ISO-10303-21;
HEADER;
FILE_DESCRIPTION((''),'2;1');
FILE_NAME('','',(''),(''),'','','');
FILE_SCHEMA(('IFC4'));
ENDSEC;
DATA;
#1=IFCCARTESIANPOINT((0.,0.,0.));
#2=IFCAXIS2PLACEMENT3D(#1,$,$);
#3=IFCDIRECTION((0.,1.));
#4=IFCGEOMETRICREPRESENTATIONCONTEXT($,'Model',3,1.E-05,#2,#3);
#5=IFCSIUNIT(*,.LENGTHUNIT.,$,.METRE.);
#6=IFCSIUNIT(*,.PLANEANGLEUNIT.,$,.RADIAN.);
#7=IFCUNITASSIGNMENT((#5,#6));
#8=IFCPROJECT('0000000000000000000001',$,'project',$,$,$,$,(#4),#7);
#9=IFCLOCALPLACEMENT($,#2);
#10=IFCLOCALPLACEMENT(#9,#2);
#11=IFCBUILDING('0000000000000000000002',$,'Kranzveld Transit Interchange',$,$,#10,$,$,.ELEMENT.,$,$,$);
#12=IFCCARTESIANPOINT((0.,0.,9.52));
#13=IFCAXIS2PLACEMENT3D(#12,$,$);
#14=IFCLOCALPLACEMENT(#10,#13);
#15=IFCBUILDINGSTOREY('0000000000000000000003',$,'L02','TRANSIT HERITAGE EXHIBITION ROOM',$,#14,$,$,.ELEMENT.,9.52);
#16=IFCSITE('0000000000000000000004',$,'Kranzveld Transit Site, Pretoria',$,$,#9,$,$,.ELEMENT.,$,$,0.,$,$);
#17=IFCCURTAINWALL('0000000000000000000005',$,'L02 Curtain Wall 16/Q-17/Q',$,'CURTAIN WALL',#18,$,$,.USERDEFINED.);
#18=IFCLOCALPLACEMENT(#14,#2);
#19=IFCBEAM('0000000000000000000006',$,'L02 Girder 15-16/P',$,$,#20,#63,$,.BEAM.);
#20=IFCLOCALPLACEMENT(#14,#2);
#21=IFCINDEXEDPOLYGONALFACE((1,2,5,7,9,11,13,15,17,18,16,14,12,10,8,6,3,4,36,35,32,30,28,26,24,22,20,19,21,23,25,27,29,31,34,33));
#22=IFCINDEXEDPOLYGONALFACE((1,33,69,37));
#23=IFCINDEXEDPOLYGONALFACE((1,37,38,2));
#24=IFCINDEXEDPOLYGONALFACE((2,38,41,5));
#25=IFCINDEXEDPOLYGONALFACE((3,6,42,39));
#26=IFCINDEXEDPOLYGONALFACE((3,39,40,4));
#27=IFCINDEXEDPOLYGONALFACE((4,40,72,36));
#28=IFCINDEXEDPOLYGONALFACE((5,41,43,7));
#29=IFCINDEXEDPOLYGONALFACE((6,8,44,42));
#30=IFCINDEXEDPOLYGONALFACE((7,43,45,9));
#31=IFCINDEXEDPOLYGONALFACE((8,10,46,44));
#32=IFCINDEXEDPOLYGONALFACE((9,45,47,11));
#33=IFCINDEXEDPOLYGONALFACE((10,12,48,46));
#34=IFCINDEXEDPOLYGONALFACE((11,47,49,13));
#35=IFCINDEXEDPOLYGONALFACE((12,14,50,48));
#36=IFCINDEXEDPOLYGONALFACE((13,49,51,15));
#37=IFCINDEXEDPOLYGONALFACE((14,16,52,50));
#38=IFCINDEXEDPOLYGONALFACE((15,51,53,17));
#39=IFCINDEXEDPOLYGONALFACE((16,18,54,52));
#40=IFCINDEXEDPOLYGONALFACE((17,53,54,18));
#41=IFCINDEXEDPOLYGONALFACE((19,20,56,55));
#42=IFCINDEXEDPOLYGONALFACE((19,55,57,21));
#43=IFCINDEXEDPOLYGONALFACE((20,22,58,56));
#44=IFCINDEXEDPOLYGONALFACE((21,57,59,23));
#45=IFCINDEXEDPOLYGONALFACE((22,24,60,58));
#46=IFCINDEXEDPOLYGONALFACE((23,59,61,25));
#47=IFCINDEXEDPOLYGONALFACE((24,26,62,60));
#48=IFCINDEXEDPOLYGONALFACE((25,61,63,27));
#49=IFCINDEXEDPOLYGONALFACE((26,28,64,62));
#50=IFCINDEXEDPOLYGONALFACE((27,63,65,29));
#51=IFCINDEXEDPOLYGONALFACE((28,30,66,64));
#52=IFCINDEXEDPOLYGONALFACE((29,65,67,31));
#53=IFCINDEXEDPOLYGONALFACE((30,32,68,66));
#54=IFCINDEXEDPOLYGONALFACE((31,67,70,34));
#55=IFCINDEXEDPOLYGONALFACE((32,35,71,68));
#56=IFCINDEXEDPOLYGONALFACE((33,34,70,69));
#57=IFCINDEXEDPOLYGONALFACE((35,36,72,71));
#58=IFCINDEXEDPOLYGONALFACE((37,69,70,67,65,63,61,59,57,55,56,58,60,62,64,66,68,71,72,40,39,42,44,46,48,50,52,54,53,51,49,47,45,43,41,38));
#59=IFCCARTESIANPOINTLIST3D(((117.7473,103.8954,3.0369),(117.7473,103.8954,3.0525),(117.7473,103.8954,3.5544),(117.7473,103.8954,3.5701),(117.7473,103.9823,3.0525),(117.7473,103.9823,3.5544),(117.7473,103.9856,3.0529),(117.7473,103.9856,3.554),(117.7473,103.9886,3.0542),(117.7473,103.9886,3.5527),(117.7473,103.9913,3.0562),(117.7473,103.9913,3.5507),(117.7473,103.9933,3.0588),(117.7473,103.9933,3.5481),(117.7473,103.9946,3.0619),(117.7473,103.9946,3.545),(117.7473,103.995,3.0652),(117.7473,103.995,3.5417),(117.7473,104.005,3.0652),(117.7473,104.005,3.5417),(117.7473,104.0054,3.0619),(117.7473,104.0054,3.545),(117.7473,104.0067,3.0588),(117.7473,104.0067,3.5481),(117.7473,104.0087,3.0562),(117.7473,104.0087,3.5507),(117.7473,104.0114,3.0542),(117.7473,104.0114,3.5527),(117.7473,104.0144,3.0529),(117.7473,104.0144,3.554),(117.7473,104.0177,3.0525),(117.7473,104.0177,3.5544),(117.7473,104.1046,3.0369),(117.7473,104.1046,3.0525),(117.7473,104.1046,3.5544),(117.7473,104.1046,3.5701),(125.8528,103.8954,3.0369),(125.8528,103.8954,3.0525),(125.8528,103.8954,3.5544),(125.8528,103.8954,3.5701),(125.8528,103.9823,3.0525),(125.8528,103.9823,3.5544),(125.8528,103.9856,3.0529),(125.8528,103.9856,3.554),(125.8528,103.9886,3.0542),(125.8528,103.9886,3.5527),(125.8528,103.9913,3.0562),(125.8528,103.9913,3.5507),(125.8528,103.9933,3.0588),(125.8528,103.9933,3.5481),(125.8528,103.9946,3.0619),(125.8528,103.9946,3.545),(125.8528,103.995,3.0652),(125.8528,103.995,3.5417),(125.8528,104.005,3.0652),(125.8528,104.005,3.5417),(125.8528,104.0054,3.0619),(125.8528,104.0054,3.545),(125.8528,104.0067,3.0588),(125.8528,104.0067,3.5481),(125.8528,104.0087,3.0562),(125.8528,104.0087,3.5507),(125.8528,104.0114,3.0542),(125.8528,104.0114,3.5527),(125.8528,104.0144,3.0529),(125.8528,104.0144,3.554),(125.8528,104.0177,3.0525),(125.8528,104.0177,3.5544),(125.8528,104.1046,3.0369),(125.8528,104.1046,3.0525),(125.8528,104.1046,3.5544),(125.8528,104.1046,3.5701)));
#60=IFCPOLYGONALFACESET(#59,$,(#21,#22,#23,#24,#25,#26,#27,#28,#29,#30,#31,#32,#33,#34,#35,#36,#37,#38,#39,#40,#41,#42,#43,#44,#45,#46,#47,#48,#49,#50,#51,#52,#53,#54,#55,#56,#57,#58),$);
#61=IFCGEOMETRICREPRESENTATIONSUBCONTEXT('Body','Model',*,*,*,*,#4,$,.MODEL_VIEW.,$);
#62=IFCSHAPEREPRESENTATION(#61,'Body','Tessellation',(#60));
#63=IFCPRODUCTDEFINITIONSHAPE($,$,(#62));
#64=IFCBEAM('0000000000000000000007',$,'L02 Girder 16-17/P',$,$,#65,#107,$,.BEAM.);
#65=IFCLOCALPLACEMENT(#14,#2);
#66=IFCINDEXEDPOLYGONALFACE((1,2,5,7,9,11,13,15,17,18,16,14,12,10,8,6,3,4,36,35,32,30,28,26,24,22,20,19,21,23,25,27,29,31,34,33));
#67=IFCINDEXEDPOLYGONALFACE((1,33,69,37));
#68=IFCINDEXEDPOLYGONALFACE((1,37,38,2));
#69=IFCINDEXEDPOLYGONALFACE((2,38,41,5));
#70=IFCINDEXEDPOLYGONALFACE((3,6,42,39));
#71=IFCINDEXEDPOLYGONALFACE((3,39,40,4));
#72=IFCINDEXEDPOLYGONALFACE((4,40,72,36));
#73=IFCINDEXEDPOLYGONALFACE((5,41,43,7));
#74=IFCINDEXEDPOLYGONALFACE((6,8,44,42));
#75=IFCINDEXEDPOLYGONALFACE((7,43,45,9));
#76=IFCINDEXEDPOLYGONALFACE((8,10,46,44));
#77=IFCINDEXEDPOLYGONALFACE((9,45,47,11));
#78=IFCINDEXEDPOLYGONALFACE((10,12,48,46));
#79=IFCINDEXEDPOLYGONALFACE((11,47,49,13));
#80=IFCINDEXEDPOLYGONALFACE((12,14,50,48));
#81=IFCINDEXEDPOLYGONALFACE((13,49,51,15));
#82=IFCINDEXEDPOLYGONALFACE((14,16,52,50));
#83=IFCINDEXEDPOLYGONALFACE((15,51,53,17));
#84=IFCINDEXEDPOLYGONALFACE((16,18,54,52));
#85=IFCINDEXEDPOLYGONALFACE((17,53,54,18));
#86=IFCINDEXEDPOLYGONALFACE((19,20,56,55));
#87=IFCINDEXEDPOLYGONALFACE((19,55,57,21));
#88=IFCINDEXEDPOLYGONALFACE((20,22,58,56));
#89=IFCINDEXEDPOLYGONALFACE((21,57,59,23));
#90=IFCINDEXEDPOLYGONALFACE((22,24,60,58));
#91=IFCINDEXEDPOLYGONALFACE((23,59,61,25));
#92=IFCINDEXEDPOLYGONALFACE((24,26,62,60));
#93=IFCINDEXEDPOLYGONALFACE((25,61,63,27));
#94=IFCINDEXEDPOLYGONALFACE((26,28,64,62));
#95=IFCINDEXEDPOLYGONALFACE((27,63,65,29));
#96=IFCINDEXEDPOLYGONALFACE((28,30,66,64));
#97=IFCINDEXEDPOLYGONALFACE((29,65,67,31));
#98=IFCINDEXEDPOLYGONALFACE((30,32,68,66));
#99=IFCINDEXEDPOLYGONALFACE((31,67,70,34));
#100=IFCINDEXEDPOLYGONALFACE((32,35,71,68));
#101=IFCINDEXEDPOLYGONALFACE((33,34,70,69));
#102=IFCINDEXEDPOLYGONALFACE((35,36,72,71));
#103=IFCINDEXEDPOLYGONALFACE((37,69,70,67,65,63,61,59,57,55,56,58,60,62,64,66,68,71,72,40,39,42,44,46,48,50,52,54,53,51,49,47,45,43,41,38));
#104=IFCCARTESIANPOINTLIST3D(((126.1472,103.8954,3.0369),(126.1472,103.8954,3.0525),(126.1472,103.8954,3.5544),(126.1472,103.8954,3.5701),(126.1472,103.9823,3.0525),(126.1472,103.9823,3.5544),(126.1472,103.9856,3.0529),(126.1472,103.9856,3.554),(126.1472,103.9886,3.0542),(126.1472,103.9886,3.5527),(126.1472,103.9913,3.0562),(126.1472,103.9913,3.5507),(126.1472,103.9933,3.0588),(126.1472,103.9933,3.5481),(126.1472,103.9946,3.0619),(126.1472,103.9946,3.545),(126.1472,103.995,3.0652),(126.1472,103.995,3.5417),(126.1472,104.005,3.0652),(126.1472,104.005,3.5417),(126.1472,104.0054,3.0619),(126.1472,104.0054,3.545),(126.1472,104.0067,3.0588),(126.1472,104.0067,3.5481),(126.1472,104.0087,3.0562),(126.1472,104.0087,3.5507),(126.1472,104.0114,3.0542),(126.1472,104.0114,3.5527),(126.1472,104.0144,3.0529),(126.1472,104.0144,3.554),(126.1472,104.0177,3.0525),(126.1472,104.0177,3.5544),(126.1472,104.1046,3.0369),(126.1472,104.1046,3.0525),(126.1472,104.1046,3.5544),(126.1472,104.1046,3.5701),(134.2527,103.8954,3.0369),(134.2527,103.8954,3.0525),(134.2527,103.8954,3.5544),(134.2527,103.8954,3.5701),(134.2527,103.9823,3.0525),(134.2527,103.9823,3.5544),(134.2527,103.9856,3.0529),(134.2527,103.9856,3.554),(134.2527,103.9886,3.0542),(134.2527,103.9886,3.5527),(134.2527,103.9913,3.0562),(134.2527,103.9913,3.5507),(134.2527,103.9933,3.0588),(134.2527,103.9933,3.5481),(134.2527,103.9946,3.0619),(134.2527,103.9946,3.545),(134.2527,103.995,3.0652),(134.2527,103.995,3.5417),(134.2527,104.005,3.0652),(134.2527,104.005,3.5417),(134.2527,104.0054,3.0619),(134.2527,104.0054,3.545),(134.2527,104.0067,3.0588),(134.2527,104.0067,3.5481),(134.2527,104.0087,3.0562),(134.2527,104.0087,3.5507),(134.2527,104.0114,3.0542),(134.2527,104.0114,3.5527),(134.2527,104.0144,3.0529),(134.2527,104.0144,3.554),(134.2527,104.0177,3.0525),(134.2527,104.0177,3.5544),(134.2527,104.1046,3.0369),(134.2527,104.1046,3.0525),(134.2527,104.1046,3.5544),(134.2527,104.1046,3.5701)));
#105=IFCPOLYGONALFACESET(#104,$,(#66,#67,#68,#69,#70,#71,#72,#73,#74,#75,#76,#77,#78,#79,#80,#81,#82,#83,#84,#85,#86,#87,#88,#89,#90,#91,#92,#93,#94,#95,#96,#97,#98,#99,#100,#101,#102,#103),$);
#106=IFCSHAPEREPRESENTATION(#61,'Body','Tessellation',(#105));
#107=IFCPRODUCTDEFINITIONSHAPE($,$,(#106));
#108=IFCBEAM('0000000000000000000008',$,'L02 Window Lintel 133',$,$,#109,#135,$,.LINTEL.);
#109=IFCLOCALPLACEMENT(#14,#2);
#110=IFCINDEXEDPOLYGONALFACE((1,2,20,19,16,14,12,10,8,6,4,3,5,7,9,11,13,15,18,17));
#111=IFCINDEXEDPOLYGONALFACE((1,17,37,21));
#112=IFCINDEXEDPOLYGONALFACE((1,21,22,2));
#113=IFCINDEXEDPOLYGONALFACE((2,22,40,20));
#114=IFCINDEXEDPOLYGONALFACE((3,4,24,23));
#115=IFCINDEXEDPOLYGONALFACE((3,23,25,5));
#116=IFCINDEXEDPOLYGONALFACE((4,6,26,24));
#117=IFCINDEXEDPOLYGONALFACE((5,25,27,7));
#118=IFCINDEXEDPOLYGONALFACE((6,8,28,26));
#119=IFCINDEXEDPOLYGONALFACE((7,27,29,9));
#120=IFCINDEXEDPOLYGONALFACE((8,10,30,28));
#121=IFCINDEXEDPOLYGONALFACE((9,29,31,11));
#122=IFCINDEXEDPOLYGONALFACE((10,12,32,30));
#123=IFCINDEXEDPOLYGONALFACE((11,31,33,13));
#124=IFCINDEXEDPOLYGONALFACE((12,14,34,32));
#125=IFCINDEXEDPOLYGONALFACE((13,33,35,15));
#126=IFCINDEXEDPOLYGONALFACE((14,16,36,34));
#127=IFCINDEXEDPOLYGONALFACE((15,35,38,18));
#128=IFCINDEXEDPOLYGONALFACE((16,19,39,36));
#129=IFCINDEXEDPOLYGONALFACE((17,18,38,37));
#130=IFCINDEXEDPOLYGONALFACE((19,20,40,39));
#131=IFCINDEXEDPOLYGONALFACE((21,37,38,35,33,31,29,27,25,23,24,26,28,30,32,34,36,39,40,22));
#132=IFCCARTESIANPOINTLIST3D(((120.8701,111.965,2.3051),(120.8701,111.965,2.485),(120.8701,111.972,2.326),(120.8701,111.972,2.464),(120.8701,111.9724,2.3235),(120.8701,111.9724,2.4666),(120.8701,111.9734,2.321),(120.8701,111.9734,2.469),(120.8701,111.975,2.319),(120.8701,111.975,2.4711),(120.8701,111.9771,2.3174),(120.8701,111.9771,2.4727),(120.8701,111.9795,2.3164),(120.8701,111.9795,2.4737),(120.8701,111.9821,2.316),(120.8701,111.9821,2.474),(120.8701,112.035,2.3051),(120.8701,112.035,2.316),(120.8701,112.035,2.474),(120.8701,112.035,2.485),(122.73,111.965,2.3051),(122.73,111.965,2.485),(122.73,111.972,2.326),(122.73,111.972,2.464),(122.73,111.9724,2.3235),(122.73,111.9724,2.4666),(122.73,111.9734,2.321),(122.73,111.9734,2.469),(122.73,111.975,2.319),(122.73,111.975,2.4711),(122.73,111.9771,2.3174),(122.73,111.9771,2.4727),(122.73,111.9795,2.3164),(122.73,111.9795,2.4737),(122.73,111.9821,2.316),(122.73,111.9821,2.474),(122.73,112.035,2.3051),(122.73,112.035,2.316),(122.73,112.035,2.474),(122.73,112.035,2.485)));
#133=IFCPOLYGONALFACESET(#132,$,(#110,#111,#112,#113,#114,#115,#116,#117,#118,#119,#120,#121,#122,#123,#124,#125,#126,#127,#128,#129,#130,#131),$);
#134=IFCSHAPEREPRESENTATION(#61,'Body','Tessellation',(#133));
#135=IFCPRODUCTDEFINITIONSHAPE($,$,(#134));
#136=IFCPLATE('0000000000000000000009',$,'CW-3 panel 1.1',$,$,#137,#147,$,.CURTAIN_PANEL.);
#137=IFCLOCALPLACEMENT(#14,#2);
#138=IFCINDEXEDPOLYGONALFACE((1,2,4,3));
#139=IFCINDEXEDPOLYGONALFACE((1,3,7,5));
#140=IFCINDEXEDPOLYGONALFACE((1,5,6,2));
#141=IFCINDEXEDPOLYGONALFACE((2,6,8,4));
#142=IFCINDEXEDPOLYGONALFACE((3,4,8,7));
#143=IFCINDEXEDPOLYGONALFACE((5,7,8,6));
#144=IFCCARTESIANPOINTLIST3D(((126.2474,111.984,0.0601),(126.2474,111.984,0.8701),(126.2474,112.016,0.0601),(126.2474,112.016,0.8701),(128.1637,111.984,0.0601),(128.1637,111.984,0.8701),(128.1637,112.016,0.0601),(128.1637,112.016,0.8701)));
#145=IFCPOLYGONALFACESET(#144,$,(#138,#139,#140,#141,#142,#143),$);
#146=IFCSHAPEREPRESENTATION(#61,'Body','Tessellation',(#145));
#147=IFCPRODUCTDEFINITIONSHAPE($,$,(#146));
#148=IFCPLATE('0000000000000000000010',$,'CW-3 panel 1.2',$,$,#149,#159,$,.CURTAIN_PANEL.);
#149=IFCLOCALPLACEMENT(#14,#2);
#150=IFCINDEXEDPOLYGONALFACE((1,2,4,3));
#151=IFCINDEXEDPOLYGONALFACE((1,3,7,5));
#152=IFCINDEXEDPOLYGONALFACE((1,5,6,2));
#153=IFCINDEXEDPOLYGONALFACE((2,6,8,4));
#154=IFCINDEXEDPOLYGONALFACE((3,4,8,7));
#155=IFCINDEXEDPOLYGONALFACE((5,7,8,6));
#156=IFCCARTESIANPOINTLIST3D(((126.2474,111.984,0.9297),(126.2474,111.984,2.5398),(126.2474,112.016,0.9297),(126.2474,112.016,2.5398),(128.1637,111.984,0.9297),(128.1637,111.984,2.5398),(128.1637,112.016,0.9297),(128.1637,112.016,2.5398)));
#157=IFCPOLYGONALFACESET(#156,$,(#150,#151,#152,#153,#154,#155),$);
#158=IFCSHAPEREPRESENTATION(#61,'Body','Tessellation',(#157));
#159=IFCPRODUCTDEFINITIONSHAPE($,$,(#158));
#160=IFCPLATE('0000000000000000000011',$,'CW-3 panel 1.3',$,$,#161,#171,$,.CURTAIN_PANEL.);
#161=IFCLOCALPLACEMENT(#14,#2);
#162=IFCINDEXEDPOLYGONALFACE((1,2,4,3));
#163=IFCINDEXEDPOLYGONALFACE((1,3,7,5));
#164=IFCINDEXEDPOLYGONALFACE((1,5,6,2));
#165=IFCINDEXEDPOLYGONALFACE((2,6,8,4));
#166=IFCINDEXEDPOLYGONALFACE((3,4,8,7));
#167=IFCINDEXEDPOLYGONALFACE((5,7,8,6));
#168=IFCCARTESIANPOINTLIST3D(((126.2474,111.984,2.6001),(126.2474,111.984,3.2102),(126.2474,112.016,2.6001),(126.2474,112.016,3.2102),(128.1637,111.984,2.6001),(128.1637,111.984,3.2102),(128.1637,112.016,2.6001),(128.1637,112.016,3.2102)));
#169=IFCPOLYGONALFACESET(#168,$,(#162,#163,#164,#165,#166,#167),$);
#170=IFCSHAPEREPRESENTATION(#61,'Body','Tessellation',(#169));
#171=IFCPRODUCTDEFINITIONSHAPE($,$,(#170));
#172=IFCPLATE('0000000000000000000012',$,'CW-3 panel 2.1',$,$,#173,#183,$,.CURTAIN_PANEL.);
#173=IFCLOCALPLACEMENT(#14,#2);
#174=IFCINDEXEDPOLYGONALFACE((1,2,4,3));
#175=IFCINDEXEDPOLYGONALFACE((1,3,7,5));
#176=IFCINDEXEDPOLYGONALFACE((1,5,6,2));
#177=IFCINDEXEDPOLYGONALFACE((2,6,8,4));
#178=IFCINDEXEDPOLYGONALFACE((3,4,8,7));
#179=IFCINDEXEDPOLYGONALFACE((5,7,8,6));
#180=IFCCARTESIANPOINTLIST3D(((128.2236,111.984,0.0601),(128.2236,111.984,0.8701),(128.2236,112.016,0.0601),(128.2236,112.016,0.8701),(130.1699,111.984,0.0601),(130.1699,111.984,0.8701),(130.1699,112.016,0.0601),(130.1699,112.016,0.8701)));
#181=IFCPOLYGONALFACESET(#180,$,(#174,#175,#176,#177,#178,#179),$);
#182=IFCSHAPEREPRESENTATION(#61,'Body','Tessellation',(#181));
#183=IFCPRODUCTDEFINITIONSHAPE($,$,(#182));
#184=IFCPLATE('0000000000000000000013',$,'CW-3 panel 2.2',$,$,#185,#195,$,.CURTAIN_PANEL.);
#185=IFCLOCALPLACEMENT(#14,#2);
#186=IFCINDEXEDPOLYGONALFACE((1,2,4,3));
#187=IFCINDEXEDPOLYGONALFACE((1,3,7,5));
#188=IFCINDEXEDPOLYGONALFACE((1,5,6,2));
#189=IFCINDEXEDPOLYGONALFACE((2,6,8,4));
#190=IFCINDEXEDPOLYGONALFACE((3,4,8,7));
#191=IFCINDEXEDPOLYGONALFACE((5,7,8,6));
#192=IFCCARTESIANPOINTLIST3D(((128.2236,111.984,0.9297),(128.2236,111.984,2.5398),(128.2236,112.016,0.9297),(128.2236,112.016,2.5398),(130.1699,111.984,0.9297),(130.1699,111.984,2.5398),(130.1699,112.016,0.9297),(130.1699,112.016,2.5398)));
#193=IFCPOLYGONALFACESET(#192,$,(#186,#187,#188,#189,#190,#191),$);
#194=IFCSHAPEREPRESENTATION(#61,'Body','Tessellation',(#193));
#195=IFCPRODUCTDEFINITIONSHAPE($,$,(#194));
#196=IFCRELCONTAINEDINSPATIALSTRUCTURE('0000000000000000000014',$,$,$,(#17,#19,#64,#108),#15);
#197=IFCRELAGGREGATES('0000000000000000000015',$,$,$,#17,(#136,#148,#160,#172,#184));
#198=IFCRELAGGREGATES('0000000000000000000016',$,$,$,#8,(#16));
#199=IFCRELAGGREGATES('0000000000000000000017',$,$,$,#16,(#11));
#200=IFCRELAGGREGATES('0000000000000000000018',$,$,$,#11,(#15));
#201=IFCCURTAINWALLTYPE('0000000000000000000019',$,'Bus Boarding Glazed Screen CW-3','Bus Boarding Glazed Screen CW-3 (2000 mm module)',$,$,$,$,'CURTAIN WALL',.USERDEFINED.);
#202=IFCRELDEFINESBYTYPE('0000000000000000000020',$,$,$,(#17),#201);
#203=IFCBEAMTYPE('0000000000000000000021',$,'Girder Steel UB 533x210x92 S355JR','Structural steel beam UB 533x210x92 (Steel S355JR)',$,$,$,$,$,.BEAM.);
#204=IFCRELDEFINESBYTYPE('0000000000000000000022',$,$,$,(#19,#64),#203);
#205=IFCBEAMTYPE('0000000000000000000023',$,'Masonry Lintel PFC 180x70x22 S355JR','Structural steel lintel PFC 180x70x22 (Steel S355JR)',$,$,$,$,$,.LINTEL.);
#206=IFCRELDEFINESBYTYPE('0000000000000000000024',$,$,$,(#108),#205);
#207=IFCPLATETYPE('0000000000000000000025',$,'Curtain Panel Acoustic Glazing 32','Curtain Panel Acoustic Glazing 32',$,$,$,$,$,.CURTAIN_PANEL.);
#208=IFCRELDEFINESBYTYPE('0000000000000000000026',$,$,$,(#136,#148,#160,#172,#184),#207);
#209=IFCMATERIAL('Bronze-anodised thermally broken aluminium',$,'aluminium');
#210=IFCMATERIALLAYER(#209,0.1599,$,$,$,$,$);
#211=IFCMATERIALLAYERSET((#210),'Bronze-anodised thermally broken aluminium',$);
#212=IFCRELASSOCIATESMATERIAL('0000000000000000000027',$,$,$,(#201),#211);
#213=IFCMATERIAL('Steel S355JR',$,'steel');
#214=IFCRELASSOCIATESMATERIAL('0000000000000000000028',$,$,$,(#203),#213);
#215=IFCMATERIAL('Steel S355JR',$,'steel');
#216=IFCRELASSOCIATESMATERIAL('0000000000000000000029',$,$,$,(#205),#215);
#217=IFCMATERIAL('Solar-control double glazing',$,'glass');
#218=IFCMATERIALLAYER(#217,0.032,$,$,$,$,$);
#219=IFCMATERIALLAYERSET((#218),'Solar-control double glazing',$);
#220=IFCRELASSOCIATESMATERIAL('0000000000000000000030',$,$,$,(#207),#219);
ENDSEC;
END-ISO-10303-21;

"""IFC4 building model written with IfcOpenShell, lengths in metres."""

from ifc_helpers import new_model, si_unit, direction, frame, origin, origin_2d, place, context, subcontext, project, spatial, rectangle, i_section, u_section, extrude, material, layer, layer_set, material_profile, profile_set, type_object, element, aggregate, save


model = new_model("IFC4")

# Units and contexts
model_context = context("Model", 3, precision=1e-05, world=origin(), true_north=direction((0.0, 1.0)))
body_context = subcontext(model_context, "Body", "Model", "MODEL_VIEW")
ifc_project = project(units=[si_unit("LENGTHUNIT", "METRE"), si_unit("PLANEANGLEUNIT", "RADIAN")], contexts=[model_context])

# Site, building, storey
site_placement = place(None, origin())
site = spatial("IfcSite", under=ifc_project, at=site_placement, Name="Kranzveld Transit Site, Pretoria", CompositionType="ELEMENT", RefElevation=0.0)
building_placement = place(site_placement, origin())
building = spatial("IfcBuilding", under=site, at=building_placement, Name="Kranzveld Transit Interchange", CompositionType="ELEMENT")
storey_placement = place(building_placement, frame((0.0, 0.0, 9.52)))
storey = spatial("IfcBuildingStorey", under=building, at=storey_placement, Name="L02", Description="TRANSIT HERITAGE EXHIBITION ROOM", CompositionType="ELEMENT", Elevation=9.52)

# Curtain wall
ifc_material_1 = material(Name="Bronze-anodised thermally broken aluminium", Category="aluminium")
ifc_layer_1 = layer(ifc_material_1, 0.1599)
ifc_layer_set_1 = layer_set([ifc_layer_1], Name="Bronze-anodised thermally broken aluminium")
curtain_wall_type = type_object("IfcCurtainWallType", Name="Bus Boarding Glazed Screen CW-3", Description="Bus Boarding Glazed Screen CW-3 (2000 mm module)", ElementType="CURTAIN WALL", PredefinedType="USERDEFINED", material=ifc_layer_set_1)
curtain_wall_placement = place(storey_placement, origin())
curtain_wall = element("IfcCurtainWall", 1, at=curtain_wall_placement, inside=storey, type_object=curtain_wall_type, Name="L02 Curtain Wall 16/Q-17/Q", ObjectType="CURTAIN WALL", PredefinedType="USERDEFINED")

# Beams
ifc_material_2 = material(Name="Steel S355JR", Category="steel")
ifc_material_profile_1 = material_profile(ifc_material_2, i_section(OverallWidth=0.2092, OverallDepth=0.5332, WebThickness=0.01, FlangeThickness=0.0156, FilletRadius=0.0127, at=origin_2d()), Name="UB 533x210x92")
ifc_profile_set_1 = profile_set([ifc_material_profile_1], Name="Steel S355JR")
beam_type_1 = type_object("IfcBeamType", Name="Girder Steel UB 533x210x92 S355JR", Description="Structural steel beam UB 533x210x92 (Steel S355JR)", PredefinedType="BEAM", material=ifc_profile_set_1)
for number, where, z_axis, x_axis, name in (
    (2, (117.7473, 104.0, 3.3035), (1.0, 0.0, 0.0), (0.0, 1.0, 0.0), "L02 Girder 15-16/P"),
    (3, (126.1472, 104.0, 3.3035), (1.0, 0.0, 0.0), (0.0, 1.0, 0.0), "L02 Girder 16-17/P"),
):
    element("IfcBeam", number, at=place(storey_placement, frame(where, z_axis=z_axis, x_axis=x_axis)), inside=storey, type_object=beam_type_1, Name=name, PredefinedType="BEAM", context=body_context, shape_type="SweptSolid", body=[
        extrude(i_section(OverallWidth=0.2092, OverallDepth=0.5332, WebThickness=0.01, FlangeThickness=0.0156, FilletRadius=0.0127, at=origin_2d()), origin(), (0.0, 0.0, 1.0), 8.1055),
    ])
ifc_material_3 = material(Name="Steel S355JR", Category="steel")
ifc_material_profile_2 = material_profile(ifc_material_3, u_section(Depth=0.1799, FlangeWidth=0.0701, WebThickness=0.0071, FlangeThickness=0.011, FilletRadius=0.01, at=origin_2d()), Name="PFC 180x70x22")
ifc_profile_set_2 = profile_set([ifc_material_profile_2], Name="Steel S355JR")
beam_type_2 = type_object("IfcBeamType", Name="Masonry Lintel PFC 180x70x22 S355JR", Description="Structural steel lintel PFC 180x70x22 (Steel S355JR)", PredefinedType="LINTEL", material=ifc_profile_set_2)
beam_placement = place(storey_placement, frame((120.8701, 112.0, 2.395), z_axis=(1.0, 0.0, 0.0), x_axis=(0.0, 1.0, 0.0)))
element("IfcBeam", 4, at=beam_placement, inside=storey, type_object=beam_type_2, Name="L02 Window Lintel 133", PredefinedType="LINTEL", context=body_context, shape_type="SweptSolid", body=[
    extrude(u_section(Depth=0.1799, FlangeWidth=0.0701, WebThickness=0.0071, FlangeThickness=0.011, FilletRadius=0.01, at=origin_2d()), origin(), (0.0, 0.0, 1.0), 1.8599),
])

# Plates
ifc_material_4 = material(Name="Solar-control double glazing", Category="glass")
ifc_layer_2 = layer(ifc_material_4, 0.032)
ifc_layer_set_2 = layer_set([ifc_layer_2], Name="Solar-control double glazing")
plate_type = type_object("IfcPlateType", Name="Curtain Panel Acoustic Glazing 32", Description="Curtain Panel Acoustic Glazing 32", PredefinedType="CURTAIN_PANEL", material=ifc_layer_set_2)
plate_1_placement = place(storey_placement, frame((127.2056, 112.0, 0.0601), z_axis=(0.0, 0.0, 1.0), x_axis=(1.0, 0.0, 0.0)))
plate_1 = element("IfcPlate", 5, at=plate_1_placement, type_object=plate_type, Name="CW-3 panel 1.1", PredefinedType="CURTAIN_PANEL", context=body_context, shape_type="SweptSolid", body=[
    extrude(rectangle(XDim=1.9163, YDim=0.032, at=origin_2d()), origin(), (0.0, 0.0, 1.0), 0.8101),
])
plate_2_placement = place(storey_placement, frame((127.2056, 112.0, 0.9297), z_axis=(0.0, 0.0, 1.0), x_axis=(1.0, 0.0, 0.0)))
plate_2 = element("IfcPlate", 6, at=plate_2_placement, type_object=plate_type, Name="CW-3 panel 1.2", PredefinedType="CURTAIN_PANEL", context=body_context, shape_type="SweptSolid", body=[
    extrude(rectangle(XDim=1.9163, YDim=0.032, at=origin_2d()), origin(), (0.0, 0.0, 1.0), 1.6101),
])
plate_3_placement = place(storey_placement, frame((127.2056, 112.0, 2.6001), z_axis=(0.0, 0.0, 1.0), x_axis=(1.0, 0.0, 0.0)))
plate_3 = element("IfcPlate", 7, at=plate_3_placement, type_object=plate_type, Name="CW-3 panel 1.3", PredefinedType="CURTAIN_PANEL", context=body_context, shape_type="SweptSolid", body=[
    extrude(rectangle(XDim=1.9163, YDim=0.032, at=origin_2d()), origin(), (0.0, 0.0, 1.0), 0.6101),
])
plate_4_placement = place(storey_placement, frame((129.1968, 112.0, 0.0601), z_axis=(0.0, 0.0, 1.0), x_axis=(1.0, 0.0, 0.0)))
plate_4 = element("IfcPlate", 8, at=plate_4_placement, type_object=plate_type, Name="CW-3 panel 2.1", PredefinedType="CURTAIN_PANEL", context=body_context, shape_type="SweptSolid", body=[
    extrude(rectangle(XDim=1.9463, YDim=0.032, at=origin_2d()), origin(), (0.0, 0.0, 1.0), 0.8101),
])
plate_5_placement = place(storey_placement, frame((129.1968, 112.0, 0.9297), z_axis=(0.0, 0.0, 1.0), x_axis=(1.0, 0.0, 0.0)))
plate_5 = element("IfcPlate", 9, at=plate_5_placement, type_object=plate_type, Name="CW-3 panel 2.2", PredefinedType="CURTAIN_PANEL", context=body_context, shape_type="SweptSolid", body=[
    extrude(rectangle(XDim=1.9463, YDim=0.032, at=origin_2d()), origin(), (0.0, 0.0, 1.0), 1.6101),
])
aggregate(curtain_wall, [plate_1, plate_2, plate_3, plate_4, plate_5])

save(model, "model.ifc")
